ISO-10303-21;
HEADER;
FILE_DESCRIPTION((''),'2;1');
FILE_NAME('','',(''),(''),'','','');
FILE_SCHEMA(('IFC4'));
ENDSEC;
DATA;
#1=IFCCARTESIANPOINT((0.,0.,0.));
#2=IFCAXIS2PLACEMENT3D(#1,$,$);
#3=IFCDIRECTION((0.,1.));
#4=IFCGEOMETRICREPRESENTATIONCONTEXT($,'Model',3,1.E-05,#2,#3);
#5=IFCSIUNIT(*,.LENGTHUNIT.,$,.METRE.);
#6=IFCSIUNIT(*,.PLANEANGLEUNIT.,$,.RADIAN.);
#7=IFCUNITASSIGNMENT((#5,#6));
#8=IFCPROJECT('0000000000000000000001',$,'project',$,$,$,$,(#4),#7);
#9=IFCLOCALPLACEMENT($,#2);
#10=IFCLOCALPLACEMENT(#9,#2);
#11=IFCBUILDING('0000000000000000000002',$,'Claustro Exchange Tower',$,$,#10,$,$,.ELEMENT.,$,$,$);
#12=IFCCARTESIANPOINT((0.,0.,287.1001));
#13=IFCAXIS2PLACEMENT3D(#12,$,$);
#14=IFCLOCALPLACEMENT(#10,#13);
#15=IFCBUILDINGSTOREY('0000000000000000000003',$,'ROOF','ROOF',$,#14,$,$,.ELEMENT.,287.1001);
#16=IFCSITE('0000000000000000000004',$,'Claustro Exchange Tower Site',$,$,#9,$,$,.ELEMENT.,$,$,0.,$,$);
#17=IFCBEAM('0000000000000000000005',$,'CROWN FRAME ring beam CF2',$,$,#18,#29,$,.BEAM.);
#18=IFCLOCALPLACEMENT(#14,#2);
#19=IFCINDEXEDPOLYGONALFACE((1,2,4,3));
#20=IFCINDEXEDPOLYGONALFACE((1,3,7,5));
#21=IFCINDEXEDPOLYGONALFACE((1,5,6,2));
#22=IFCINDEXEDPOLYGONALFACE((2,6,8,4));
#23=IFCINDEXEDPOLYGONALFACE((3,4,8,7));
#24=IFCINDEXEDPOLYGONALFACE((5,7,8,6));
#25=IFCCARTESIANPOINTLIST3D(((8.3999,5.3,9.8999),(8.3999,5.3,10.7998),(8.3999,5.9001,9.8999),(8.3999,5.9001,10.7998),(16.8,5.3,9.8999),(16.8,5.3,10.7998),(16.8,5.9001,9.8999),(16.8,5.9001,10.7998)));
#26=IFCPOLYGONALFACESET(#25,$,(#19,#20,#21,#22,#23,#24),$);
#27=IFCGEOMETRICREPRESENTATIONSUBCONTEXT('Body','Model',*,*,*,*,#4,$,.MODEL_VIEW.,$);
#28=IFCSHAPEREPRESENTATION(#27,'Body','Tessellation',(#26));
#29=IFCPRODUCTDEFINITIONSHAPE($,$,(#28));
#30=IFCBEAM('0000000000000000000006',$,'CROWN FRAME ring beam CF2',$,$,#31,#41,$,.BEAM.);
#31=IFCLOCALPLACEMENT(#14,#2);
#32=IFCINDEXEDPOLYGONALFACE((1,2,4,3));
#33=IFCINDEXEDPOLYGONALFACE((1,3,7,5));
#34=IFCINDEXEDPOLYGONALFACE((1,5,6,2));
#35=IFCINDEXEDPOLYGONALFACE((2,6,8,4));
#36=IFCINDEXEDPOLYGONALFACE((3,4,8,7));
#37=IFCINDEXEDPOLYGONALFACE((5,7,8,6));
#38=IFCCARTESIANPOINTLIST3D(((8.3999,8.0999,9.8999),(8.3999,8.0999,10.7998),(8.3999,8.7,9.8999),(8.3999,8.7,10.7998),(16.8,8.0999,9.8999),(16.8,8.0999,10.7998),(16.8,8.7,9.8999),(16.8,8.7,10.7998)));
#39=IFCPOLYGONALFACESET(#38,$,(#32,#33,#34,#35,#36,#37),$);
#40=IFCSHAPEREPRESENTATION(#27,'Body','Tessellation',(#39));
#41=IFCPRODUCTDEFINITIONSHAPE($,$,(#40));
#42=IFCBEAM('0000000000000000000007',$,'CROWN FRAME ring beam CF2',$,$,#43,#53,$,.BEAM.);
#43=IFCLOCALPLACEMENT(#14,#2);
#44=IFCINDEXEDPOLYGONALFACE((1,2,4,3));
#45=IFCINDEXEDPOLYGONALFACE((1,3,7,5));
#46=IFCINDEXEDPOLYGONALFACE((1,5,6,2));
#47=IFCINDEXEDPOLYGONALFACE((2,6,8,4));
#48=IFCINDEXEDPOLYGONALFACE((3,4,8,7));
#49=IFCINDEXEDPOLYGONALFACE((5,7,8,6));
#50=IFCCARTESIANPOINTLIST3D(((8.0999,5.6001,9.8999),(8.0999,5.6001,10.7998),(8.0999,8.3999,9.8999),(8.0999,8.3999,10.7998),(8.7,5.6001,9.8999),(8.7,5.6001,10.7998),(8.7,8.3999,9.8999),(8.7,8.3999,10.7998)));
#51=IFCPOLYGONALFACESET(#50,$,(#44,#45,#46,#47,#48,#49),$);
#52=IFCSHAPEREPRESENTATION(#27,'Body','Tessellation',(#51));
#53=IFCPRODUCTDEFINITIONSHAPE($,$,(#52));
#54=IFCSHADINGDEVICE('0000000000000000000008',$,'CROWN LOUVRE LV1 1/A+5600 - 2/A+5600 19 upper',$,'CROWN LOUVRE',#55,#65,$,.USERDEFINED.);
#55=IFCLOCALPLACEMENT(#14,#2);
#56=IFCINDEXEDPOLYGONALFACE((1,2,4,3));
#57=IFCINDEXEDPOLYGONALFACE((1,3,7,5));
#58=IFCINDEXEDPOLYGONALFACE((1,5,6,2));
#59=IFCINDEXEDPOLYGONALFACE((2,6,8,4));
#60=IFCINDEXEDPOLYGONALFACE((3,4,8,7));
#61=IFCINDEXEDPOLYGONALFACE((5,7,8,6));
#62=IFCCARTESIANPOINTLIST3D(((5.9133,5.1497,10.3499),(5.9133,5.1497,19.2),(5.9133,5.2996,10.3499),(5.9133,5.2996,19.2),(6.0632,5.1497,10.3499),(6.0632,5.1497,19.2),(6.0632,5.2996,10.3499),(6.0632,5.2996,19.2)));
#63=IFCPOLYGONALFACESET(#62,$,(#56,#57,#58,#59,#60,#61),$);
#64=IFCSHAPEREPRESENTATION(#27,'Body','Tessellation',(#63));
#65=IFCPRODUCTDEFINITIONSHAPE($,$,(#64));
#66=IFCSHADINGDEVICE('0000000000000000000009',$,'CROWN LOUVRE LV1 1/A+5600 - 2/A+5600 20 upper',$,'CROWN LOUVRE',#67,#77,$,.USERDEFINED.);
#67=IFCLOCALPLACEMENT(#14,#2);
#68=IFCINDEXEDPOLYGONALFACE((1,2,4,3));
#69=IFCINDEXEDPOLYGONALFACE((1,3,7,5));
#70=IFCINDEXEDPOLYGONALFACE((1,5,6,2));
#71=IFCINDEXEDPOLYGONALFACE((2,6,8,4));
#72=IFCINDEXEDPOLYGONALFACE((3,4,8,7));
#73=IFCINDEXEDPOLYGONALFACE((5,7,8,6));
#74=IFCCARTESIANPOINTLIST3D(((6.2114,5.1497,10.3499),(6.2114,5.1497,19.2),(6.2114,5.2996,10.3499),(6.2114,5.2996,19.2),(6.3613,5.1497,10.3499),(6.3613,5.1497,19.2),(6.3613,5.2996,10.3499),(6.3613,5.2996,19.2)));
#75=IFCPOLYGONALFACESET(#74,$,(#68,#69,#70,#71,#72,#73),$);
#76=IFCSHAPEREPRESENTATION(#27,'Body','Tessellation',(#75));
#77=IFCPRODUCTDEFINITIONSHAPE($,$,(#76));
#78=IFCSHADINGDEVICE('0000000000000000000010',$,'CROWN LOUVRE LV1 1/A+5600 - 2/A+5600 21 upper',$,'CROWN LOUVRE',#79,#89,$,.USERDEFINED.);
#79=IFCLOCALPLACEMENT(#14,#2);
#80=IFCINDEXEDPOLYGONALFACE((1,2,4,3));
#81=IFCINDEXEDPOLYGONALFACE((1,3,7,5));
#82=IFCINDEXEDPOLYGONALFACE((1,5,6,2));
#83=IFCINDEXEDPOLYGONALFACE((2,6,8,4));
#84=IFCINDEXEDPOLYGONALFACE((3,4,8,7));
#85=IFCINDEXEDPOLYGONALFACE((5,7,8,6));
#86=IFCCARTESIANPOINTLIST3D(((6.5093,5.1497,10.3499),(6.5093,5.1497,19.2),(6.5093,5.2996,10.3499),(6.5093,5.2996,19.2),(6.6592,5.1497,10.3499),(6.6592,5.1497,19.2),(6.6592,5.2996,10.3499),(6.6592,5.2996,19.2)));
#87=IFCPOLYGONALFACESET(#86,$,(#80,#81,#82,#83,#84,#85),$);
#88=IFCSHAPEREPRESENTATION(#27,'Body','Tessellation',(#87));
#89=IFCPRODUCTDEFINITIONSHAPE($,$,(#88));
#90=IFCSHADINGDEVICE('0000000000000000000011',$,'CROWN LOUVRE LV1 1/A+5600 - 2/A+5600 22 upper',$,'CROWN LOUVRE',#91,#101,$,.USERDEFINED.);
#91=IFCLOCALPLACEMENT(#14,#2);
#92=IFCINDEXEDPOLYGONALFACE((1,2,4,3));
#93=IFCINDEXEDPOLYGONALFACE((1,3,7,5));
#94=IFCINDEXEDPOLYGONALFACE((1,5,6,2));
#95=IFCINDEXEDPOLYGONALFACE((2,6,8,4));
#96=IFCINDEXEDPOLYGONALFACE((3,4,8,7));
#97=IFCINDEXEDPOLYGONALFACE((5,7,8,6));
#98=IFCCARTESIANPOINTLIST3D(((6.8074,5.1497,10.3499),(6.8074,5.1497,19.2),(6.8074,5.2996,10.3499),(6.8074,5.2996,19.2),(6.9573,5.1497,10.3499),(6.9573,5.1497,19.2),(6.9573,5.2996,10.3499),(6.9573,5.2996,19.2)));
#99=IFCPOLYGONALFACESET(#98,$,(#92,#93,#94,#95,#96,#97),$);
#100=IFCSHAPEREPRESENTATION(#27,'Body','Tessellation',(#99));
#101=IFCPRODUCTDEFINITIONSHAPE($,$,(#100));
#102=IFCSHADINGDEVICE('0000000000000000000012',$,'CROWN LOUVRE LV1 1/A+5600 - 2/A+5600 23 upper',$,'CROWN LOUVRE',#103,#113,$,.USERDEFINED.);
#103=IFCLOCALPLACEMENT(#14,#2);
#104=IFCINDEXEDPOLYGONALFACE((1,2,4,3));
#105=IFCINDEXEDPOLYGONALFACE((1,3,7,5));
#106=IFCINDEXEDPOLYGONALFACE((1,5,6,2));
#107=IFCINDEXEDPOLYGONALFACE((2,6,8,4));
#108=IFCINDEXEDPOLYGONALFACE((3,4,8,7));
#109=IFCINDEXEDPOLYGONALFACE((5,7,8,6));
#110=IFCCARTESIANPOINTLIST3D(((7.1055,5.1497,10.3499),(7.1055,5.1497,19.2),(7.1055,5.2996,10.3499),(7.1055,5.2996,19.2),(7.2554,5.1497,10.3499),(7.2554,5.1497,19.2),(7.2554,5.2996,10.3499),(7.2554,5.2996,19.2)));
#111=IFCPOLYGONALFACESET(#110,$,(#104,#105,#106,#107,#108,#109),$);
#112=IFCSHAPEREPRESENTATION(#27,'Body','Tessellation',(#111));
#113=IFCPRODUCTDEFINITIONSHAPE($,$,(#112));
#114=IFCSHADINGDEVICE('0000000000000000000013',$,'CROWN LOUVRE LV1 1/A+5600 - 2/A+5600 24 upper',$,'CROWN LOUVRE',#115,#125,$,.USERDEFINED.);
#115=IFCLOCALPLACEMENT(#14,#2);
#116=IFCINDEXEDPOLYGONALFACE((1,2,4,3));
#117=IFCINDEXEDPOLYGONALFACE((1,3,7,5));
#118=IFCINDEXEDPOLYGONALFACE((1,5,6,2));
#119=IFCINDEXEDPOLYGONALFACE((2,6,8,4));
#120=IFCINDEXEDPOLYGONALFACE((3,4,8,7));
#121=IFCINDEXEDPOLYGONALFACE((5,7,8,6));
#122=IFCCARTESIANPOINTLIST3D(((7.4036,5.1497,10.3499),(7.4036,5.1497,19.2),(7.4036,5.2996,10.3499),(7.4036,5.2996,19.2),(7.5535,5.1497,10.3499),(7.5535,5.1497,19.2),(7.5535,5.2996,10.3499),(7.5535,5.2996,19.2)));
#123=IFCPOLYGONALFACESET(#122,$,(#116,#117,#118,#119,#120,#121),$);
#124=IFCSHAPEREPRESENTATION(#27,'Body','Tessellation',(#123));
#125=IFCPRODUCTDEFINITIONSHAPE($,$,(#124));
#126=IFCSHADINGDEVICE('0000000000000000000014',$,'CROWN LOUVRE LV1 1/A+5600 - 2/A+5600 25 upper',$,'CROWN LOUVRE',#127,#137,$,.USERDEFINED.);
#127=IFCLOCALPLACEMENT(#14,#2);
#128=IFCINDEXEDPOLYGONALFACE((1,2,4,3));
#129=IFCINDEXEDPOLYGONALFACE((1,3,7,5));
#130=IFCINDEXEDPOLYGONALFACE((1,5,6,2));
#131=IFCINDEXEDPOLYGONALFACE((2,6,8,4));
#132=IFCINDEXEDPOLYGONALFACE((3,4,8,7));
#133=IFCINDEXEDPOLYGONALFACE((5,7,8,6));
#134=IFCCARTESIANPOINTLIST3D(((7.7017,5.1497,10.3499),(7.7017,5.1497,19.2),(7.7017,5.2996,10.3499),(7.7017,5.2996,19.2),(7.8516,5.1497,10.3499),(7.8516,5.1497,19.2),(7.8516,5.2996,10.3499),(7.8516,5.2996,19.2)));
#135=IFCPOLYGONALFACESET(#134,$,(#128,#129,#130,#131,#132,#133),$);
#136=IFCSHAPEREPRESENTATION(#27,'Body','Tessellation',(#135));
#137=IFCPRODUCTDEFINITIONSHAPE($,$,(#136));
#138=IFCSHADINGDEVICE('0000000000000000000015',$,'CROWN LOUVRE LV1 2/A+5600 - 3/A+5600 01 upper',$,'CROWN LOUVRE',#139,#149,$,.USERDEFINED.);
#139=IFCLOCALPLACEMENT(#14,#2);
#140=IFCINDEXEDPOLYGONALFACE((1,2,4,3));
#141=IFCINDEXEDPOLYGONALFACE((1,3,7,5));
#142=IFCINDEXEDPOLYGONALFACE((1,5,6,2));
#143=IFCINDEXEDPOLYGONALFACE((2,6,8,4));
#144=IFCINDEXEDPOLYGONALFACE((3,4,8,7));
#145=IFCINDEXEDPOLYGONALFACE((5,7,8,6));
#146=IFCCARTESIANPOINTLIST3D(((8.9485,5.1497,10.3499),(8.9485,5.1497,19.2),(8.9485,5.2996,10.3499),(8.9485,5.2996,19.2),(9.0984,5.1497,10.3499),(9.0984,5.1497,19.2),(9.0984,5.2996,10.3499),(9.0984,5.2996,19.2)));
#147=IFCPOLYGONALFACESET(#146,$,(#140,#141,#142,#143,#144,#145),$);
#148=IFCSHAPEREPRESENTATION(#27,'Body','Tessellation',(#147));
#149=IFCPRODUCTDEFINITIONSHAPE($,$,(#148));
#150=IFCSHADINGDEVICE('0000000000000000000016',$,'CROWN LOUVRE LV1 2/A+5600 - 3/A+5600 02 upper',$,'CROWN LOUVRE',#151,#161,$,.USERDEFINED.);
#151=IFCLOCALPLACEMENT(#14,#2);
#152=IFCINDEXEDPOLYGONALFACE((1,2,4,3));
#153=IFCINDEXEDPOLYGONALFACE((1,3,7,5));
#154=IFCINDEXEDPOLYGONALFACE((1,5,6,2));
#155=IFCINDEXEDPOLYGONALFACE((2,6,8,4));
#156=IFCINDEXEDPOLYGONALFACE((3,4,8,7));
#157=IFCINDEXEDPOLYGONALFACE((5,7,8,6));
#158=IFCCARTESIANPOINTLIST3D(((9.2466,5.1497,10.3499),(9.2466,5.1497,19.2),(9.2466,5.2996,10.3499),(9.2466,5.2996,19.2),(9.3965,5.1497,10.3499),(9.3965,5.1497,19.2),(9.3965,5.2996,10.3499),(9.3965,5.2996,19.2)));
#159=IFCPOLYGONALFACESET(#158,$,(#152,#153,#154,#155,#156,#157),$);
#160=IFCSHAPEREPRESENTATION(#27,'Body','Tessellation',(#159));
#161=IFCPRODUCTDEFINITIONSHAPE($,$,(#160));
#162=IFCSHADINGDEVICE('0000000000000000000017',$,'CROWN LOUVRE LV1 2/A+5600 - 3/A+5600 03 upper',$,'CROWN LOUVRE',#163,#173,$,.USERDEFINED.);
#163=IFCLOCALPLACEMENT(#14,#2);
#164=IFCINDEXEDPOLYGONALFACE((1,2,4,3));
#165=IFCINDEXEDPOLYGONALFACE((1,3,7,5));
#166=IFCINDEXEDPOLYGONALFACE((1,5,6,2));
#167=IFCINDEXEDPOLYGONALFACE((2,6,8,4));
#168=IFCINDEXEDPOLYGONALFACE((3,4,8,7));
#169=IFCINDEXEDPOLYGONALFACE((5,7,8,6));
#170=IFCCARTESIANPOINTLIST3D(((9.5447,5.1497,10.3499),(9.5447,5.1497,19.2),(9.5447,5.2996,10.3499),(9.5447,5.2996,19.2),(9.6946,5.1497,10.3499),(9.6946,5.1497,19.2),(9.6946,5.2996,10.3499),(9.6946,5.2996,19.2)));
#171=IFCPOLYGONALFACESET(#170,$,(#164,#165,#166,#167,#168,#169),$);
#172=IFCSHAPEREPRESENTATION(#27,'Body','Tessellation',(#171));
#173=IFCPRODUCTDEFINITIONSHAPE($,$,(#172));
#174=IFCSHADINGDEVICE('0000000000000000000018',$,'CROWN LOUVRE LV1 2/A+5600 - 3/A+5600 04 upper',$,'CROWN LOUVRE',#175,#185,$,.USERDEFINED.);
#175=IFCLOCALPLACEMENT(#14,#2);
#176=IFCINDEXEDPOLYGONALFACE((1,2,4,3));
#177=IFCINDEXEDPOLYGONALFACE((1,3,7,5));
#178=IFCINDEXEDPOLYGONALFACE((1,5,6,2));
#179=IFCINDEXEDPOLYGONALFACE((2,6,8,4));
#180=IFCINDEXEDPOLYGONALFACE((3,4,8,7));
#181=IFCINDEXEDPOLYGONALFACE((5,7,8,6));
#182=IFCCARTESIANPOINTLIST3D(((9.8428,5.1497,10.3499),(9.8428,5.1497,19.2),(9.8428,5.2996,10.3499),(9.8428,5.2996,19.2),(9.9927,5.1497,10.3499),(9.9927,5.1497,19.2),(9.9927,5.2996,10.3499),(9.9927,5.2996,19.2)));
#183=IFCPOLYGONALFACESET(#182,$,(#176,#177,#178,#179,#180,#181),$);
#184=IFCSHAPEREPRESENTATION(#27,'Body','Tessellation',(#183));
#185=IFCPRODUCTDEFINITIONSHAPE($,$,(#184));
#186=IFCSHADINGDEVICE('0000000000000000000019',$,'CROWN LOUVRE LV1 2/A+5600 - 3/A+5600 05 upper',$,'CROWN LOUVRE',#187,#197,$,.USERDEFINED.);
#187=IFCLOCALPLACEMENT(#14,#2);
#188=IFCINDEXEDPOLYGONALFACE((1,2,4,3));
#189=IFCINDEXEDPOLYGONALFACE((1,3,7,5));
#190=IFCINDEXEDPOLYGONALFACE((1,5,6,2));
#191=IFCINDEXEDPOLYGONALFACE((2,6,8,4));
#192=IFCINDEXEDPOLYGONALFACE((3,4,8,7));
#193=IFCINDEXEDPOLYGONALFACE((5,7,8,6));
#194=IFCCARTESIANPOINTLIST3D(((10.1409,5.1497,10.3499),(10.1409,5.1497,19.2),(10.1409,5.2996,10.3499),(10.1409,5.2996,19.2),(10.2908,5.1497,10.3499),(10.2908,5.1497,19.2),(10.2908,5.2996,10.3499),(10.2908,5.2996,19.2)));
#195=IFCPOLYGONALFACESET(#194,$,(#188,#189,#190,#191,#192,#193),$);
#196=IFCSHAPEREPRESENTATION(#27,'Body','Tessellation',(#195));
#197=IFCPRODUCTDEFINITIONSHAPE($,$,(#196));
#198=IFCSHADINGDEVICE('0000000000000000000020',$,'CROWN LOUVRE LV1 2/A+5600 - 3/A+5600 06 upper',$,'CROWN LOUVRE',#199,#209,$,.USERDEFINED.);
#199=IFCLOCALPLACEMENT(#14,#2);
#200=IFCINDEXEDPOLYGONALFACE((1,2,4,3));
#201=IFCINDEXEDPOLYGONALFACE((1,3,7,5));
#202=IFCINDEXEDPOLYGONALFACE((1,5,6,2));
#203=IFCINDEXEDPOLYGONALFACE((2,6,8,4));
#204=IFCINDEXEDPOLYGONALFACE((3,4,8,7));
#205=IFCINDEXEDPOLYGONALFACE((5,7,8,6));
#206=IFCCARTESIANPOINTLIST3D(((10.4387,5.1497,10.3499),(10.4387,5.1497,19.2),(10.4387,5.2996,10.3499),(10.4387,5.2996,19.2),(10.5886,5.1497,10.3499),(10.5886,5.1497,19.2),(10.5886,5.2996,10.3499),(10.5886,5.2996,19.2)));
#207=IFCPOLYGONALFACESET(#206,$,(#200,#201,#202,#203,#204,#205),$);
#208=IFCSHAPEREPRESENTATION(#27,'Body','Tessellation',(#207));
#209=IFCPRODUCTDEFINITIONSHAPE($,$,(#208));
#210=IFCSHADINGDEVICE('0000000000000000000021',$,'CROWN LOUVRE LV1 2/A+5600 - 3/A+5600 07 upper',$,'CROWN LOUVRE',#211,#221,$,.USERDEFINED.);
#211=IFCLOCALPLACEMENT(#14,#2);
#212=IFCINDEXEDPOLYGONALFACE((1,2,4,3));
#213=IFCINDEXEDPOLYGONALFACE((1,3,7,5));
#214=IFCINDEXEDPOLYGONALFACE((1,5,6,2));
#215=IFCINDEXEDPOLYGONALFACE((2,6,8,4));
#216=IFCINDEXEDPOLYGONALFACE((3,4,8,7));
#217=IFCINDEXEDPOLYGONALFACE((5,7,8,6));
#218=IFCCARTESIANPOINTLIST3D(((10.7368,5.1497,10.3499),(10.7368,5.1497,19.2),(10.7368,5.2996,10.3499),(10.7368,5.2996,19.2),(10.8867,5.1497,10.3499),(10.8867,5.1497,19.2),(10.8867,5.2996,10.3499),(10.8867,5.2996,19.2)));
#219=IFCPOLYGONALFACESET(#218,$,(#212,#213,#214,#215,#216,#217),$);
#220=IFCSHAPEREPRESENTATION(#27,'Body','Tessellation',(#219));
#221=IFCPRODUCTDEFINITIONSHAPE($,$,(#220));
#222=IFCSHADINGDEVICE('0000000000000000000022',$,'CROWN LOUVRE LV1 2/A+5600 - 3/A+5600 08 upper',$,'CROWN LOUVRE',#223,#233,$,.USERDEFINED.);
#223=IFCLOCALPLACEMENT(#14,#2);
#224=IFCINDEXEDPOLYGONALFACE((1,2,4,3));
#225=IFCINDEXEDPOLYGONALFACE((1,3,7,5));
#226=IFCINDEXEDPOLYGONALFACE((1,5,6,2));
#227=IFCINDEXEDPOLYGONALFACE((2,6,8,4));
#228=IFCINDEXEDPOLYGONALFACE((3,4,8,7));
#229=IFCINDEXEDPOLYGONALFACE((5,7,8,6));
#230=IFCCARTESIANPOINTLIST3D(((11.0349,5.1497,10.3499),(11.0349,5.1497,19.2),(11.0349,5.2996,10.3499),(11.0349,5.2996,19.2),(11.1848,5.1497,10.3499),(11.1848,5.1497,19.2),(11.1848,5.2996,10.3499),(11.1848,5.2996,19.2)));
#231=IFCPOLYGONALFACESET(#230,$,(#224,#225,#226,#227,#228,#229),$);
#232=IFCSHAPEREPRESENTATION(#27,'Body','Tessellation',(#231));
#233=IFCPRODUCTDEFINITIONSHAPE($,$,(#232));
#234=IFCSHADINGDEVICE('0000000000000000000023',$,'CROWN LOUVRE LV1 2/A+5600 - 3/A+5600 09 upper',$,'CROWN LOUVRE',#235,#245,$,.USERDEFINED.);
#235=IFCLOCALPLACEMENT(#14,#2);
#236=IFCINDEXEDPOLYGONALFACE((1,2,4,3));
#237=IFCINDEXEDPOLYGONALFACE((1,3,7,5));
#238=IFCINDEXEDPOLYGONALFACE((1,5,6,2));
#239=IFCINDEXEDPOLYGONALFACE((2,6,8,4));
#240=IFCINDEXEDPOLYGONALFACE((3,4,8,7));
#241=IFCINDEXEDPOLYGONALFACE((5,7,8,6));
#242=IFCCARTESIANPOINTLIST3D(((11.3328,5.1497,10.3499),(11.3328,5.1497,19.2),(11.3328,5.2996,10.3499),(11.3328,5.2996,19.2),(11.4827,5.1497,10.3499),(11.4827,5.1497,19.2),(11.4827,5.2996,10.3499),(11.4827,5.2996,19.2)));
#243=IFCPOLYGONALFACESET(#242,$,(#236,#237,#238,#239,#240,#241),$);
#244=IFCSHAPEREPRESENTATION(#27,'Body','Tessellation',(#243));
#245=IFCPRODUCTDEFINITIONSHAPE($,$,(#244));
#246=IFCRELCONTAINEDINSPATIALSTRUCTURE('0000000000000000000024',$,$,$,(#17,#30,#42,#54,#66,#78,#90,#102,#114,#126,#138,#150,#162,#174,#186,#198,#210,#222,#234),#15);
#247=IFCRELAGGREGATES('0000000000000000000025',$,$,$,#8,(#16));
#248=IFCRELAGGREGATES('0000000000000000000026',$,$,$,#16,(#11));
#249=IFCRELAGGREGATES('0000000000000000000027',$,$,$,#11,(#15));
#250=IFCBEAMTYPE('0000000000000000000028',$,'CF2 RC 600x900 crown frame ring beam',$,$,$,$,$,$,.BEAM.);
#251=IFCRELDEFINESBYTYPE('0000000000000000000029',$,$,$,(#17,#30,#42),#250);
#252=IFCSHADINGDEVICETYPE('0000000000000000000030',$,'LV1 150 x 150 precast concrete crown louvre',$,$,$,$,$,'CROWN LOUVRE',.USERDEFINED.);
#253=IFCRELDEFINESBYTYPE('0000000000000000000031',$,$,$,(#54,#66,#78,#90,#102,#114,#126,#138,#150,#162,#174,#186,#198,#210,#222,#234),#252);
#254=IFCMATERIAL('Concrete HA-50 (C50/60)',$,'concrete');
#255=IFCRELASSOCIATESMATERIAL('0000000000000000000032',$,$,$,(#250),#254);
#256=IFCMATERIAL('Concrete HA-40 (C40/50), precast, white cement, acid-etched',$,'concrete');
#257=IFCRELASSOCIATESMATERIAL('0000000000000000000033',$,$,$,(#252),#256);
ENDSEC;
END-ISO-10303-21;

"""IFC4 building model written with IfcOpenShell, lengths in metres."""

from ifc_helpers import new_model, si_unit, direction, frame, origin, origin_2d, place, context, subcontext, project, spatial, rectangle, extrude, material, material_profile, profile_set, type_object, element, save


model = new_model("IFC4")

# Units and contexts
model_context = context("Model", 3, precision=1e-05, world=origin(), true_north=direction((0.0, 1.0)))
body_context = subcontext(model_context, "Body", "Model", "MODEL_VIEW")
ifc_project = project(units=[si_unit("LENGTHUNIT", "METRE"), si_unit("PLANEANGLEUNIT", "RADIAN")], contexts=[model_context])

# Site, building, storey
site_placement = place(None, origin())
site = spatial("IfcSite", under=ifc_project, at=site_placement, Name="Claustro Exchange Tower Site", CompositionType="ELEMENT", RefElevation=0.0)
building_placement = place(site_placement, origin())
building = spatial("IfcBuilding", under=site, at=building_placement, Name="Claustro Exchange Tower", CompositionType="ELEMENT")
storey_placement = place(building_placement, frame((0.0, 0.0, 287.1001)))
storey = spatial("IfcBuildingStorey", under=building, at=storey_placement, Name="ROOF", Description="ROOF", CompositionType="ELEMENT", Elevation=287.1001)

# Beams
ifc_material_1 = material(Name="Concrete HA-50 (C50/60)", Category="concrete")
ifc_material_profile = material_profile(ifc_material_1, rectangle(XDim=0.6001, YDim=0.8999, at=origin_2d()), Name="RC 600x900")
ifc_profile_set = profile_set([ifc_material_profile], Name="Concrete HA-50 (C50/60)")
beam_type = type_object("IfcBeamType", Name="CF2 RC 600x900 crown frame ring beam", PredefinedType="BEAM", material=ifc_profile_set)
for number, where, z_axis, x_axis, name in (
    (1, (8.3999, 5.6001, 10.3499), (1.0, 0.0, 0.0), (0.0, 1.0, 0.0), "CROWN FRAME ring beam CF2"),
    (2, (8.3999, 8.3999, 10.3499), (1.0, 0.0, 0.0), (0.0, 1.0, 0.0), "CROWN FRAME ring beam CF2"),
):
    element("IfcBeam", number, at=place(storey_placement, frame(where, z_axis=z_axis, x_axis=x_axis)), inside=storey, type_object=beam_type, Name=name, PredefinedType="BEAM", context=body_context, shape_type="SweptSolid", body=[
        extrude(rectangle(XDim=0.6001, YDim=0.8999, at=origin_2d()), origin(), (0.0, 0.0, 1.0), 8.4001),
    ])
beam_placement = place(storey_placement, frame((8.3999, 5.6001, 10.3499), z_axis=(0.0, 1.0, 0.0), x_axis=(-1.0, 0.0, 0.0)))
element("IfcBeam", 3, at=beam_placement, inside=storey, type_object=beam_type, Name="CROWN FRAME ring beam CF2", PredefinedType="BEAM", context=body_context, shape_type="SweptSolid", body=[
    extrude(rectangle(XDim=0.6001, YDim=0.8999, at=origin_2d()), origin(), (0.0, 0.0, 1.0), 2.7998),
])

# Shading devices
ifc_material_2 = material(Name="Concrete HA-40 (C40/50), precast, white cement, acid-etched", Category="concrete")
shading_device_type = type_object("IfcShadingDeviceType", Name="LV1 150 x 150 precast concrete crown louvre", ElementType="CROWN LOUVRE", PredefinedType="USERDEFINED", material=ifc_material_2)
for number, where, z_axis, x_axis, name in (
    (4, (5.9883, 5.2246, 10.3499), (0.0, 0.0, 1.0), (1.0, 0.0, 0.0), "CROWN LOUVRE LV1 1/A+5600 - 2/A+5600 19 upper"),
    (5, (6.2864, 5.2246, 10.3499), (0.0, 0.0, 1.0), (1.0, 0.0, 0.0), "CROWN LOUVRE LV1 1/A+5600 - 2/A+5600 20 upper"),
    (6, (6.5842, 5.2246, 10.3499), (0.0, 0.0, 1.0), (1.0, 0.0, 0.0), "CROWN LOUVRE LV1 1/A+5600 - 2/A+5600 21 upper"),
    (7, (6.8823, 5.2246, 10.3499), (0.0, 0.0, 1.0), (1.0, 0.0, 0.0), "CROWN LOUVRE LV1 1/A+5600 - 2/A+5600 22 upper"),
    (8, (7.1804, 5.2246, 10.3499), (0.0, 0.0, 1.0), (1.0, 0.0, 0.0), "CROWN LOUVRE LV1 1/A+5600 - 2/A+5600 23 upper"),
    (9, (7.4785, 5.2246, 10.3499), (0.0, 0.0, 1.0), (1.0, 0.0, 0.0), "CROWN LOUVRE LV1 1/A+5600 - 2/A+5600 24 upper"),
    (10, (7.7766, 5.2246, 10.3499), (0.0, 0.0, 1.0), (1.0, 0.0, 0.0), "CROWN LOUVRE LV1 1/A+5600 - 2/A+5600 25 upper"),
    (11, (9.0234, 5.2246, 10.3499), (0.0, 0.0, 1.0), (1.0, 0.0, 0.0), "CROWN LOUVRE LV1 2/A+5600 - 3/A+5600 01 upper"),
    (12, (9.3215, 5.2246, 10.3499), (0.0, 0.0, 1.0), (1.0, 0.0, 0.0), "CROWN LOUVRE LV1 2/A+5600 - 3/A+5600 02 upper"),
    (13, (9.6196, 5.2246, 10.3499), (0.0, 0.0, 1.0), (1.0, 0.0, 0.0), "CROWN LOUVRE LV1 2/A+5600 - 3/A+5600 03 upper"),
    (14, (9.9177, 5.2246, 10.3499), (0.0, 0.0, 1.0), (1.0, 0.0, 0.0), "CROWN LOUVRE LV1 2/A+5600 - 3/A+5600 04 upper"),
    (15, (10.2158, 5.2246, 10.3499), (0.0, 0.0, 1.0), (1.0, 0.0, 0.0), "CROWN LOUVRE LV1 2/A+5600 - 3/A+5600 05 upper"),
    (16, (10.5137, 5.2246, 10.3499), (0.0, 0.0, 1.0), (1.0, 0.0, 0.0), "CROWN LOUVRE LV1 2/A+5600 - 3/A+5600 06 upper"),
    (17, (10.8118, 5.2246, 10.3499), (0.0, 0.0, 1.0), (1.0, 0.0, 0.0), "CROWN LOUVRE LV1 2/A+5600 - 3/A+5600 07 upper"),
    (18, (11.1099, 5.2246, 10.3499), (0.0, 0.0, 1.0), (1.0, 0.0, 0.0), "CROWN LOUVRE LV1 2/A+5600 - 3/A+5600 08 upper"),
    (19, (11.4077, 5.2246, 10.3499), (0.0, 0.0, 1.0), (1.0, 0.0, 0.0), "CROWN LOUVRE LV1 2/A+5600 - 3/A+5600 09 upper"),
):
    element("IfcShadingDevice", number, at=place(storey_placement, frame(where, z_axis=z_axis, x_axis=x_axis)), inside=storey, type_object=shading_device_type, Name=name, ObjectType="CROWN LOUVRE", PredefinedType="USERDEFINED", context=body_context, shape_type="SweptSolid", body=[
        extrude(rectangle(XDim=0.1499, YDim=0.1499, at=origin_2d()), origin(), (0.0, 0.0, 1.0), 8.8501),
    ])

save(model, "model.ifc")
